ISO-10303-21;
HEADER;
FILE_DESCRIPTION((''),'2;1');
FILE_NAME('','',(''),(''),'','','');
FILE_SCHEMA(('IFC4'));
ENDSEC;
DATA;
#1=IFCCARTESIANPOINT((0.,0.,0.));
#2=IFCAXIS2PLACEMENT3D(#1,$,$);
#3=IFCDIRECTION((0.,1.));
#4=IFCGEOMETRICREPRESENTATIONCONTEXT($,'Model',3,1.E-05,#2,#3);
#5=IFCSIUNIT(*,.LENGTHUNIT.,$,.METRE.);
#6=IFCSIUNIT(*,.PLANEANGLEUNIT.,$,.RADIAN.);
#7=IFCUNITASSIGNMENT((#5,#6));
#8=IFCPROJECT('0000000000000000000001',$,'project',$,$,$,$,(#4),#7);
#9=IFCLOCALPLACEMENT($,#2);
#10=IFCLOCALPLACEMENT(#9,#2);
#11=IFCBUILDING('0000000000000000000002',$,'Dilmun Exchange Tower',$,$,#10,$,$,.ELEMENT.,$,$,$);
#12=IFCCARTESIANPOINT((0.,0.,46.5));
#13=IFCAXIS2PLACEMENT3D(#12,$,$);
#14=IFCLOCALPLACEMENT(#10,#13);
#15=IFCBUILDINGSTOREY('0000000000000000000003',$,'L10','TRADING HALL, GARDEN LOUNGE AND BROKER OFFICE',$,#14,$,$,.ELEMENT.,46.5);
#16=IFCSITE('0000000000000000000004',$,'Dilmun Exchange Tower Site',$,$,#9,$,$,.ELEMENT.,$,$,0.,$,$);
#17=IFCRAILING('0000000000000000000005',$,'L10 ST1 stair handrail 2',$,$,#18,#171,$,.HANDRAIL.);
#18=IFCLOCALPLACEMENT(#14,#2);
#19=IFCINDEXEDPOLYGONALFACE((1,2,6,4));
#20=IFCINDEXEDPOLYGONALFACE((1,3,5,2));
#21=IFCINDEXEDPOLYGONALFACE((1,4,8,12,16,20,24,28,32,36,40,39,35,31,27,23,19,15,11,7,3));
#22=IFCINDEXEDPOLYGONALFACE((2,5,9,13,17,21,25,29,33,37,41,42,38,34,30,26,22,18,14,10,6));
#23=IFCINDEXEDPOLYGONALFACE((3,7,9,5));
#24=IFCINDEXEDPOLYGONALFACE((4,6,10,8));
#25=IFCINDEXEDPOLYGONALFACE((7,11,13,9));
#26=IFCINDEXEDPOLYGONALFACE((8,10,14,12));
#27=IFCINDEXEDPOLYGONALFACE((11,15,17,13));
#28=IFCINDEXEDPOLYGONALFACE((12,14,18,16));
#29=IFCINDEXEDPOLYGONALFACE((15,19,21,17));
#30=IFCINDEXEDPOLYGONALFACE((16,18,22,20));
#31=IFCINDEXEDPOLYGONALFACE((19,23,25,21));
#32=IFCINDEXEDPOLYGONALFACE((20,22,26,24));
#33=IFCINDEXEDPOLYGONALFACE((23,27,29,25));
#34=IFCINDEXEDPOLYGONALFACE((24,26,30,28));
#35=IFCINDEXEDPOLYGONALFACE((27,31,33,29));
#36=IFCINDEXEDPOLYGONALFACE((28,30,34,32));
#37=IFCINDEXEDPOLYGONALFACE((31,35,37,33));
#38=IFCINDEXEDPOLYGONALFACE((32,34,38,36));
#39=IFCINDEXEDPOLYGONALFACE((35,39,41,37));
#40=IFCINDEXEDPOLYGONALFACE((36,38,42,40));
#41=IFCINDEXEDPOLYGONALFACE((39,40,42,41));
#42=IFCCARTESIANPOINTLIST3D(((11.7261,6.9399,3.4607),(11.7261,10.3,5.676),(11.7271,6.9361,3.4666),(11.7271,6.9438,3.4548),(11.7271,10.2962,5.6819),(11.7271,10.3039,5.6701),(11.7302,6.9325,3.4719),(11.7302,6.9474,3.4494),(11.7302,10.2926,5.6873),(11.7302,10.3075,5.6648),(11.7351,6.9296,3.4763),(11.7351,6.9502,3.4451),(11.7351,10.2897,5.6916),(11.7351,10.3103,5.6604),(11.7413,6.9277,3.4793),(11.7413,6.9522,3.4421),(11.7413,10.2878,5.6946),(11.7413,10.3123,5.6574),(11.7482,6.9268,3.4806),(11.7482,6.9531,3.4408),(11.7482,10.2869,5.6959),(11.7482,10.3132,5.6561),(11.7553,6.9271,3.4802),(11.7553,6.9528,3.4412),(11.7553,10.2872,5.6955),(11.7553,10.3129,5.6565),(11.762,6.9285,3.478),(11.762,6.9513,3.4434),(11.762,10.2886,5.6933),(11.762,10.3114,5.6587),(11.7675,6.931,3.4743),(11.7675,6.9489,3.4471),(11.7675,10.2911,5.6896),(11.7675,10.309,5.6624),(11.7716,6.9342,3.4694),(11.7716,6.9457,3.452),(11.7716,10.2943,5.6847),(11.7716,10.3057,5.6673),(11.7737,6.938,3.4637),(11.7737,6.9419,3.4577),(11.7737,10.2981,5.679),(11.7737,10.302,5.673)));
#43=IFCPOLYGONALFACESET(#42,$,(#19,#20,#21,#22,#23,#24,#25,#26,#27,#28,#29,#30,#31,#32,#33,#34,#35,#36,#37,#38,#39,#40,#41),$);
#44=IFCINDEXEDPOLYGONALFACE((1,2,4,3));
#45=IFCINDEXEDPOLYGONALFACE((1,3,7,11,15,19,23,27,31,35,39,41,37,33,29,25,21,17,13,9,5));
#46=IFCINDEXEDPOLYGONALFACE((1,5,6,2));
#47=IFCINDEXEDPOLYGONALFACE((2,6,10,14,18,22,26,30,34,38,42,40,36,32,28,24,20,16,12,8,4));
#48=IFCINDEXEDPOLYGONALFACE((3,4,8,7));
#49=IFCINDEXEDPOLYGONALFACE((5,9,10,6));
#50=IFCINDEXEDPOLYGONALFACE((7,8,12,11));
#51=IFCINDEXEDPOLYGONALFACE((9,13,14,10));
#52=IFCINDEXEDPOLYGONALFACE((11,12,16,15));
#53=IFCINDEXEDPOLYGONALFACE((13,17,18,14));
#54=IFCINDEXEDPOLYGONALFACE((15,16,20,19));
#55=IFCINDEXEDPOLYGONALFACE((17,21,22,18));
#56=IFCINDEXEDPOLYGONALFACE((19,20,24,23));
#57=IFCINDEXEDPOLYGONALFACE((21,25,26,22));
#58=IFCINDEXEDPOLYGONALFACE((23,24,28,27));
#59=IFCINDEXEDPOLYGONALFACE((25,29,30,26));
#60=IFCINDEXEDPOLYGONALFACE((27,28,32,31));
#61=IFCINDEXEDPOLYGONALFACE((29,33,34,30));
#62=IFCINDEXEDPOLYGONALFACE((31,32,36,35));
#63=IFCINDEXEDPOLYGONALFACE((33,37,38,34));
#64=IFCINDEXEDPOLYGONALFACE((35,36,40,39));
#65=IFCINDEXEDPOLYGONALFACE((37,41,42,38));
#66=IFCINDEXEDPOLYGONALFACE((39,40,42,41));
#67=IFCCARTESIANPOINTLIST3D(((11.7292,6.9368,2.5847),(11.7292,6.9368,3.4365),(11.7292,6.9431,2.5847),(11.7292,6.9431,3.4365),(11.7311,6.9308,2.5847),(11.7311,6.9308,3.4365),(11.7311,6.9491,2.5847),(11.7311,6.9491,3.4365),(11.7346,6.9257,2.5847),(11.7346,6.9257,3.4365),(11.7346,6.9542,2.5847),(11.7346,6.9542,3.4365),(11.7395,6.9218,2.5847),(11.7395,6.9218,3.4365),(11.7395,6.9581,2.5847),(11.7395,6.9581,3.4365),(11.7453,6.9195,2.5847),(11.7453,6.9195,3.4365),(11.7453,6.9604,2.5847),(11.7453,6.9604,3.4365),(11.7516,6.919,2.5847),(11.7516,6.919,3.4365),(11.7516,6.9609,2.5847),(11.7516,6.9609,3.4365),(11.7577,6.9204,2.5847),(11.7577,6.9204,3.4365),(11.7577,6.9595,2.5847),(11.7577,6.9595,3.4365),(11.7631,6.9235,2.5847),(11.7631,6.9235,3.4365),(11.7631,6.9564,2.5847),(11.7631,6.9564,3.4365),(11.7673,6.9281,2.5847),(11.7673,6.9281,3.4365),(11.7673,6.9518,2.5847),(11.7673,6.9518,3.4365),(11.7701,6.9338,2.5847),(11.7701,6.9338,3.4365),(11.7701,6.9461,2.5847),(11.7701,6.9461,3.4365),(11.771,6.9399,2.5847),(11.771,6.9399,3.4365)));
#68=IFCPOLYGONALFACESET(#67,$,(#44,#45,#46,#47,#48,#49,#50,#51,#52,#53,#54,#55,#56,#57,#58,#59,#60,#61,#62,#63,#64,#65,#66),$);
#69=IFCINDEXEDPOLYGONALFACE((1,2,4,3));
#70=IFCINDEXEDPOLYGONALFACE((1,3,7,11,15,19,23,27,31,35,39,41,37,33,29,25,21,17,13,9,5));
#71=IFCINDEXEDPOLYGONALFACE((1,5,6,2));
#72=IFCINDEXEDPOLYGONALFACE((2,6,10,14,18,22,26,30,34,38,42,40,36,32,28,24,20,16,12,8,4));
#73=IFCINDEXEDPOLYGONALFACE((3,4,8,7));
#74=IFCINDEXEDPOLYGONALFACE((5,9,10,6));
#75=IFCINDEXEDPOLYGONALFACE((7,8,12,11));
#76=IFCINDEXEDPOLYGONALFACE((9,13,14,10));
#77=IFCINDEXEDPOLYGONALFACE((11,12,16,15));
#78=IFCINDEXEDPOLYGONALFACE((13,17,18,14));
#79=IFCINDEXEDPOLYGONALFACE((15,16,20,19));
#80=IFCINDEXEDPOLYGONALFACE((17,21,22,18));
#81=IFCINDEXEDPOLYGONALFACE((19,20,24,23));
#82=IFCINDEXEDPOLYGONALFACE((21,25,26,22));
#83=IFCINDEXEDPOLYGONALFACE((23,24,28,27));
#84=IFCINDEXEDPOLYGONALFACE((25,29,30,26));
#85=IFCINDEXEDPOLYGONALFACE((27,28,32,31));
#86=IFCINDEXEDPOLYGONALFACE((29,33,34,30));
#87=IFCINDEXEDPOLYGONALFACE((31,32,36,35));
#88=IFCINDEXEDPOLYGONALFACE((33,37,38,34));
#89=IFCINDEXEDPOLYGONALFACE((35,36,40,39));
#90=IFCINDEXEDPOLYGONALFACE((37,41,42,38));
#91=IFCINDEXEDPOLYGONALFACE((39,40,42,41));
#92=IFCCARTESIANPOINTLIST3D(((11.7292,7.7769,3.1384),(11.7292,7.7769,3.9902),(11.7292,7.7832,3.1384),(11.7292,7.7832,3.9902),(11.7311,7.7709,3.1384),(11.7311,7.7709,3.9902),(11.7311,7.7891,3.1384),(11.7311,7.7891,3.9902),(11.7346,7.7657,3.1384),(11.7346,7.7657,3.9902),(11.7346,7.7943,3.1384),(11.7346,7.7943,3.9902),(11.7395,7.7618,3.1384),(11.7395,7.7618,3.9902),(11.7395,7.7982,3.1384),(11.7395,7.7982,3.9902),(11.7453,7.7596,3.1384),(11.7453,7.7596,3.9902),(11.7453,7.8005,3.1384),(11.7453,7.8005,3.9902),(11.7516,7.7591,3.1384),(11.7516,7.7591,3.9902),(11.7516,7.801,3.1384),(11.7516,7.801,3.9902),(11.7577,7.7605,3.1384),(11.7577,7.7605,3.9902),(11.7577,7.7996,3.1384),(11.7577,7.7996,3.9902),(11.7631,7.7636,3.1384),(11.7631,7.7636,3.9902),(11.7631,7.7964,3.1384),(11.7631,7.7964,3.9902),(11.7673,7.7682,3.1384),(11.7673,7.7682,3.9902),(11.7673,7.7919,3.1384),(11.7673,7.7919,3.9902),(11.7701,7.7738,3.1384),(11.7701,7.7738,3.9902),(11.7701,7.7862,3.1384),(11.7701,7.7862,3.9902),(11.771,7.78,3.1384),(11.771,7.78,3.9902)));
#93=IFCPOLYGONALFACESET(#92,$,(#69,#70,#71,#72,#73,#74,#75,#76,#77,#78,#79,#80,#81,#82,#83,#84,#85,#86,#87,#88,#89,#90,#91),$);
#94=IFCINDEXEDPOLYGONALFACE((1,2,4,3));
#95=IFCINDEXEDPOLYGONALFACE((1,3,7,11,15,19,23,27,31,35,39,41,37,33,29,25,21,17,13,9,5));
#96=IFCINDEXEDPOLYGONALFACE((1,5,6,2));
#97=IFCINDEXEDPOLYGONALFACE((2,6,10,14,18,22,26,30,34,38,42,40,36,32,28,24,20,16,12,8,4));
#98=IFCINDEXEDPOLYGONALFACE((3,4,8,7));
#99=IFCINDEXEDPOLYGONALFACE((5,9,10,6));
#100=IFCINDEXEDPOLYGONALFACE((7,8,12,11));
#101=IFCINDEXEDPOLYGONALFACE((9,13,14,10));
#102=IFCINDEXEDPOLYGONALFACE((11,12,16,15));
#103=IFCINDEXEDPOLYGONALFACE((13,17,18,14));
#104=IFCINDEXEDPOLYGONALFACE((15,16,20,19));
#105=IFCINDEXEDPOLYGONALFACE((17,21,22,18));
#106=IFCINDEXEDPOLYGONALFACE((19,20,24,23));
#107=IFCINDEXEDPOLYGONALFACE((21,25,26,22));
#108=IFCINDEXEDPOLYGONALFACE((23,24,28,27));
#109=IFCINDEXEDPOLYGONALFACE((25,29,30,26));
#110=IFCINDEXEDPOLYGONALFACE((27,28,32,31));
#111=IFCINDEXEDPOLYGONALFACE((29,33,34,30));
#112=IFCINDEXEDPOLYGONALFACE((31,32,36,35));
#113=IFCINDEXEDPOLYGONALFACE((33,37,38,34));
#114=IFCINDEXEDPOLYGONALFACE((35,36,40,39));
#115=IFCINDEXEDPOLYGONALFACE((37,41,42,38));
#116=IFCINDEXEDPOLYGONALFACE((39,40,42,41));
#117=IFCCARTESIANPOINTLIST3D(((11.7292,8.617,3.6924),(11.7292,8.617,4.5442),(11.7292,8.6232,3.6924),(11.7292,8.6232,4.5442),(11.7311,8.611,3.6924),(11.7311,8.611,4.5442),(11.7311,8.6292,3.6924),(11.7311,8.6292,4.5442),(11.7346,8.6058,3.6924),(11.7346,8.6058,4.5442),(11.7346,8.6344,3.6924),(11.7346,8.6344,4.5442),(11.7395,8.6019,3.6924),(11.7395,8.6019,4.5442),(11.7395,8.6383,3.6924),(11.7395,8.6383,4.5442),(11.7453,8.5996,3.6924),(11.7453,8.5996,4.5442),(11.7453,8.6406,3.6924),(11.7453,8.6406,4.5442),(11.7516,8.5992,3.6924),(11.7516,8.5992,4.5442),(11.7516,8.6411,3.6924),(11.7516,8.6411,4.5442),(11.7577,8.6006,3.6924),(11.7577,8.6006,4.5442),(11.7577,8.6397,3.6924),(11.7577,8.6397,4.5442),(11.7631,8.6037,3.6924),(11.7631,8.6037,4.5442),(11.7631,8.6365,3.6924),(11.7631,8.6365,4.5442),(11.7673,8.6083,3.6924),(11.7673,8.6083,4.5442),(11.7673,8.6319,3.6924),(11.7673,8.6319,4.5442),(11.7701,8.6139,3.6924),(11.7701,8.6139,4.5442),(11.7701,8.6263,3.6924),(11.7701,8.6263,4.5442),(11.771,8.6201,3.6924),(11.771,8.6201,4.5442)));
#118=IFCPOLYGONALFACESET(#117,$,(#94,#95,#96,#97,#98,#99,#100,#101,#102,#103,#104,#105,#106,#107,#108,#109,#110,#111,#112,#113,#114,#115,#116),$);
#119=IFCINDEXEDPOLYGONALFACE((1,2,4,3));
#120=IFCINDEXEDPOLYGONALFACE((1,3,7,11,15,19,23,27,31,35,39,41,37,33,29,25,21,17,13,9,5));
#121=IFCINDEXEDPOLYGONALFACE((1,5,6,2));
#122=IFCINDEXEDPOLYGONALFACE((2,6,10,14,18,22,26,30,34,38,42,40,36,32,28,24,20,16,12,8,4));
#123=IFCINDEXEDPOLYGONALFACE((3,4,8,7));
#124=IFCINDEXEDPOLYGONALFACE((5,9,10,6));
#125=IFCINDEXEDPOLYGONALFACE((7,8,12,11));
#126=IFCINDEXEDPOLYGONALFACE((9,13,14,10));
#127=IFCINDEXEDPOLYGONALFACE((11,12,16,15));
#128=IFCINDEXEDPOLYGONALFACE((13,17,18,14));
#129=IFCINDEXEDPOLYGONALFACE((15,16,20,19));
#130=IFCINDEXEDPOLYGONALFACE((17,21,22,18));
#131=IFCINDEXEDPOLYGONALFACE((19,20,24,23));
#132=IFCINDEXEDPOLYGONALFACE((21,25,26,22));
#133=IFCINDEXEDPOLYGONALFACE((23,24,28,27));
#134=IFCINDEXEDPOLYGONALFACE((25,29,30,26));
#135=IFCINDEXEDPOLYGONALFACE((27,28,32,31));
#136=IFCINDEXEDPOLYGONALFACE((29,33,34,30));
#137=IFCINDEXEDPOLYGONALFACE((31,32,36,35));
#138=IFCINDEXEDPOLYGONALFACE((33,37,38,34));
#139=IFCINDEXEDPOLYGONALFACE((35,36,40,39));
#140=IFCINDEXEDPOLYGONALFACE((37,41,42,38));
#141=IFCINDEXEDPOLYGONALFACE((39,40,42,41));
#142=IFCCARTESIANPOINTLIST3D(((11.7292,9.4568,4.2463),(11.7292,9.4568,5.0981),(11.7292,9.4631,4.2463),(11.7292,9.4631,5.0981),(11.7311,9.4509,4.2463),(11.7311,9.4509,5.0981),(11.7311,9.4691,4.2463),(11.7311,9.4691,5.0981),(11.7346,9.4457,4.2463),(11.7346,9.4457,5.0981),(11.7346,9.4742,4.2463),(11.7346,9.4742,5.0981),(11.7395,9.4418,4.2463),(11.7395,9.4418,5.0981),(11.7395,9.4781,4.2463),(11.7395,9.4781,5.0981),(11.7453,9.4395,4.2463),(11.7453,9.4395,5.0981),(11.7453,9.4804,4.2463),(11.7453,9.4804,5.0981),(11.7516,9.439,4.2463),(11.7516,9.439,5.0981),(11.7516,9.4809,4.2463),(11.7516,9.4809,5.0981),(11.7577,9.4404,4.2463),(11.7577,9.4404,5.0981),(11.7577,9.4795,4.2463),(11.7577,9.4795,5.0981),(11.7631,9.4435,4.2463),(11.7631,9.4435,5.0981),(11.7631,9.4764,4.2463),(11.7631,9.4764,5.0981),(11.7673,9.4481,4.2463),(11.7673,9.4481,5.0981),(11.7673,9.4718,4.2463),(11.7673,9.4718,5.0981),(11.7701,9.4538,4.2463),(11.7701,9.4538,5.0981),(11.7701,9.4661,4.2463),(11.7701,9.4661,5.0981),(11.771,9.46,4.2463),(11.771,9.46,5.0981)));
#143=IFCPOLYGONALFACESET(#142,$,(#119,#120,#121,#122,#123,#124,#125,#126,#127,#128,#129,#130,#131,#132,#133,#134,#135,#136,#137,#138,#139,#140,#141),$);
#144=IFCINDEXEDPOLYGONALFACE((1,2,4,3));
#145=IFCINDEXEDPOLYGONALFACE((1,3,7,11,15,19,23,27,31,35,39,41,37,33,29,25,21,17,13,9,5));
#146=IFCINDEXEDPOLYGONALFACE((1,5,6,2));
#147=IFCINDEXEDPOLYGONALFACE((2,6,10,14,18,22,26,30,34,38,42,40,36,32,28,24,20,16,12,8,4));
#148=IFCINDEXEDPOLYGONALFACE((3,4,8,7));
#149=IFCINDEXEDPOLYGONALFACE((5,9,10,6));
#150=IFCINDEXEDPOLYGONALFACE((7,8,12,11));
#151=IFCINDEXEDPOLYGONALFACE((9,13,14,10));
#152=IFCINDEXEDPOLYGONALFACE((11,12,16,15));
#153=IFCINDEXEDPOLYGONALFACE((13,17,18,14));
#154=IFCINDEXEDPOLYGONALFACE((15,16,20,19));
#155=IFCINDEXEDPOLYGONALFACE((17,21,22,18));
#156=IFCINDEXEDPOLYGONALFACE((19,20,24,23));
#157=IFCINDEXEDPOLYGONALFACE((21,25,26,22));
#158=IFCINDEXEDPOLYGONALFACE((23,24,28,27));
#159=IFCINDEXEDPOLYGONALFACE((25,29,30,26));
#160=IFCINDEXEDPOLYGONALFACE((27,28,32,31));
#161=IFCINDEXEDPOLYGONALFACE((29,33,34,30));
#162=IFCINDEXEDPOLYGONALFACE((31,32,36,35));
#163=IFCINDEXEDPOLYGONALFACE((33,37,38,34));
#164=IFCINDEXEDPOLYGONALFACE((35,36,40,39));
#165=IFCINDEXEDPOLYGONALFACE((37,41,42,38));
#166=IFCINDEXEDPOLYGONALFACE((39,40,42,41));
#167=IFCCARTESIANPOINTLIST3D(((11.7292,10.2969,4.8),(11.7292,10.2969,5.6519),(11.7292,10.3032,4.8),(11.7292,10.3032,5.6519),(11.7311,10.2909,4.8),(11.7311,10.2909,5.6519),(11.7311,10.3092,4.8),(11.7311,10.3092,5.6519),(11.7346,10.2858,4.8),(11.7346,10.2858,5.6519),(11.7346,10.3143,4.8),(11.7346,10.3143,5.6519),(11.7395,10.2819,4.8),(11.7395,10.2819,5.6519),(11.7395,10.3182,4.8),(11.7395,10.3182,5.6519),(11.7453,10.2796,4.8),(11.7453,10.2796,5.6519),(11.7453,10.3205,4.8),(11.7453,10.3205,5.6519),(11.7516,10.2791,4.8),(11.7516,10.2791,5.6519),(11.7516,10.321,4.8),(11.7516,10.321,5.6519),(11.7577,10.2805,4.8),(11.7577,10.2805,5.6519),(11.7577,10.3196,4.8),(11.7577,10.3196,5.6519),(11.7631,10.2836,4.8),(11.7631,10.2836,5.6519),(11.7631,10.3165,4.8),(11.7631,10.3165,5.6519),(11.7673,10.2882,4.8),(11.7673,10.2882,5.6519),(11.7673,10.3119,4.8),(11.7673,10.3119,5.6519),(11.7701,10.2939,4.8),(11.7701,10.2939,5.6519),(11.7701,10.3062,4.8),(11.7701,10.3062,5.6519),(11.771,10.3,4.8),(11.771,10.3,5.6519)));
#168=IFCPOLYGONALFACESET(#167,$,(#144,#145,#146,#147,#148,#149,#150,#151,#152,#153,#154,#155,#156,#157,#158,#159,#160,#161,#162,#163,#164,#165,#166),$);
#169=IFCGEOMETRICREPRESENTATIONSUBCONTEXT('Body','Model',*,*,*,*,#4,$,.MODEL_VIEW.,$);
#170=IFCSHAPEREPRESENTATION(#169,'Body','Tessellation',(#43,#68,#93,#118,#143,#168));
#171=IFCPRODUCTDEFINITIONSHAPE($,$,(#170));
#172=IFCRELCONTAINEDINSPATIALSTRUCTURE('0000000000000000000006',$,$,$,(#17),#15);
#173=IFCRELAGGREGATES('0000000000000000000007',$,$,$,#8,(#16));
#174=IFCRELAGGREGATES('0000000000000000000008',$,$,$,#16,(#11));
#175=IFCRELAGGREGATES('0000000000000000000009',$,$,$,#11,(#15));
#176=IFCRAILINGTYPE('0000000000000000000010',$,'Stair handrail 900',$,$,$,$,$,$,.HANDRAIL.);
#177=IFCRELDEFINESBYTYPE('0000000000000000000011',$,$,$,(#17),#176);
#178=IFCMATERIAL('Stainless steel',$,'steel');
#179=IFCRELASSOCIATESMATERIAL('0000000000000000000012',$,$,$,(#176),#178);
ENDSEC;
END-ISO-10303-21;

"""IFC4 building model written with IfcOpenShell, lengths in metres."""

from ifc_helpers import new_model, si_unit, direction, frame, origin, origin_2d, place, context, subcontext, project, spatial, circle, extrude, material, type_object, element, save


model = new_model("IFC4")

# Units and contexts
model_context = context("Model", 3, precision=1e-05, world=origin(), true_north=direction((0.0, 1.0)))
body_context = subcontext(model_context, "Body", "Model", "MODEL_VIEW")
ifc_project = project(units=[si_unit("LENGTHUNIT", "METRE"), si_unit("PLANEANGLEUNIT", "RADIAN")], contexts=[model_context])

# Site, building, storey
site_placement = place(None, origin())
site = spatial("IfcSite", under=ifc_project, at=site_placement, Name="Dilmun Exchange Tower Site", CompositionType="ELEMENT", RefElevation=0.0)
building_placement = place(site_placement, origin())
building = spatial("IfcBuilding", under=site, at=building_placement, Name="Dilmun Exchange Tower", CompositionType="ELEMENT")
storey_placement = place(building_placement, frame((0.0, 0.0, 46.5)))
storey = spatial("IfcBuildingStorey", under=building, at=storey_placement, Name="L10", Description="TRADING HALL, GARDEN LOUNGE AND BROKER OFFICE", CompositionType="ELEMENT", Elevation=46.5)

# Railing
ifc_material_1 = material(Name="Stainless steel", Category="steel")
railing_type = type_object("IfcRailingType", Name="Stair handrail 900", PredefinedType="HANDRAIL", material=ifc_material_1)
railing_1_placement = place(storey_placement, frame((11.75, 6.9399, 2.5847)))
element("IfcRailing", 1, at=railing_1_placement, inside=storey, type_object=railing_type, Name="L10 ST1 stair handrail 2", PredefinedType="HANDRAIL", context=body_context, shape_type="SweptSolid", body=[
    extrude(circle(Radius=0.0239, at=origin_2d()), frame((0.0, 0.0, 0.876), z_axis=(0.0, 0.834876, 0.550437), x_axis=(-1.0, 0.0, 0.0)), (0.0, 0.0, 1.0), 4.0247),
    extrude(circle(Radius=0.021, at=origin_2d()), origin(), (0.0, 0.0, 1.0), 0.8518),
    extrude(circle(Radius=0.021, at=origin_2d()), frame((0.0, 0.8401, 0.5537)), (0.0, 0.0, 1.0), 0.8518),
    extrude(circle(Radius=0.021, at=origin_2d()), frame((0.0, 1.6802, 1.1077)), (0.0, 0.0, 1.0), 0.8518),
    extrude(circle(Radius=0.021, at=origin_2d()), frame((0.0, 2.52, 1.6616)), (0.0, 0.0, 1.0), 0.8518),
    extrude(circle(Radius=0.021, at=origin_2d()), frame((0.0, 3.3601, 2.2153)), (0.0, 0.0, 1.0), 0.8518),
])

save(model, "model.ifc")
